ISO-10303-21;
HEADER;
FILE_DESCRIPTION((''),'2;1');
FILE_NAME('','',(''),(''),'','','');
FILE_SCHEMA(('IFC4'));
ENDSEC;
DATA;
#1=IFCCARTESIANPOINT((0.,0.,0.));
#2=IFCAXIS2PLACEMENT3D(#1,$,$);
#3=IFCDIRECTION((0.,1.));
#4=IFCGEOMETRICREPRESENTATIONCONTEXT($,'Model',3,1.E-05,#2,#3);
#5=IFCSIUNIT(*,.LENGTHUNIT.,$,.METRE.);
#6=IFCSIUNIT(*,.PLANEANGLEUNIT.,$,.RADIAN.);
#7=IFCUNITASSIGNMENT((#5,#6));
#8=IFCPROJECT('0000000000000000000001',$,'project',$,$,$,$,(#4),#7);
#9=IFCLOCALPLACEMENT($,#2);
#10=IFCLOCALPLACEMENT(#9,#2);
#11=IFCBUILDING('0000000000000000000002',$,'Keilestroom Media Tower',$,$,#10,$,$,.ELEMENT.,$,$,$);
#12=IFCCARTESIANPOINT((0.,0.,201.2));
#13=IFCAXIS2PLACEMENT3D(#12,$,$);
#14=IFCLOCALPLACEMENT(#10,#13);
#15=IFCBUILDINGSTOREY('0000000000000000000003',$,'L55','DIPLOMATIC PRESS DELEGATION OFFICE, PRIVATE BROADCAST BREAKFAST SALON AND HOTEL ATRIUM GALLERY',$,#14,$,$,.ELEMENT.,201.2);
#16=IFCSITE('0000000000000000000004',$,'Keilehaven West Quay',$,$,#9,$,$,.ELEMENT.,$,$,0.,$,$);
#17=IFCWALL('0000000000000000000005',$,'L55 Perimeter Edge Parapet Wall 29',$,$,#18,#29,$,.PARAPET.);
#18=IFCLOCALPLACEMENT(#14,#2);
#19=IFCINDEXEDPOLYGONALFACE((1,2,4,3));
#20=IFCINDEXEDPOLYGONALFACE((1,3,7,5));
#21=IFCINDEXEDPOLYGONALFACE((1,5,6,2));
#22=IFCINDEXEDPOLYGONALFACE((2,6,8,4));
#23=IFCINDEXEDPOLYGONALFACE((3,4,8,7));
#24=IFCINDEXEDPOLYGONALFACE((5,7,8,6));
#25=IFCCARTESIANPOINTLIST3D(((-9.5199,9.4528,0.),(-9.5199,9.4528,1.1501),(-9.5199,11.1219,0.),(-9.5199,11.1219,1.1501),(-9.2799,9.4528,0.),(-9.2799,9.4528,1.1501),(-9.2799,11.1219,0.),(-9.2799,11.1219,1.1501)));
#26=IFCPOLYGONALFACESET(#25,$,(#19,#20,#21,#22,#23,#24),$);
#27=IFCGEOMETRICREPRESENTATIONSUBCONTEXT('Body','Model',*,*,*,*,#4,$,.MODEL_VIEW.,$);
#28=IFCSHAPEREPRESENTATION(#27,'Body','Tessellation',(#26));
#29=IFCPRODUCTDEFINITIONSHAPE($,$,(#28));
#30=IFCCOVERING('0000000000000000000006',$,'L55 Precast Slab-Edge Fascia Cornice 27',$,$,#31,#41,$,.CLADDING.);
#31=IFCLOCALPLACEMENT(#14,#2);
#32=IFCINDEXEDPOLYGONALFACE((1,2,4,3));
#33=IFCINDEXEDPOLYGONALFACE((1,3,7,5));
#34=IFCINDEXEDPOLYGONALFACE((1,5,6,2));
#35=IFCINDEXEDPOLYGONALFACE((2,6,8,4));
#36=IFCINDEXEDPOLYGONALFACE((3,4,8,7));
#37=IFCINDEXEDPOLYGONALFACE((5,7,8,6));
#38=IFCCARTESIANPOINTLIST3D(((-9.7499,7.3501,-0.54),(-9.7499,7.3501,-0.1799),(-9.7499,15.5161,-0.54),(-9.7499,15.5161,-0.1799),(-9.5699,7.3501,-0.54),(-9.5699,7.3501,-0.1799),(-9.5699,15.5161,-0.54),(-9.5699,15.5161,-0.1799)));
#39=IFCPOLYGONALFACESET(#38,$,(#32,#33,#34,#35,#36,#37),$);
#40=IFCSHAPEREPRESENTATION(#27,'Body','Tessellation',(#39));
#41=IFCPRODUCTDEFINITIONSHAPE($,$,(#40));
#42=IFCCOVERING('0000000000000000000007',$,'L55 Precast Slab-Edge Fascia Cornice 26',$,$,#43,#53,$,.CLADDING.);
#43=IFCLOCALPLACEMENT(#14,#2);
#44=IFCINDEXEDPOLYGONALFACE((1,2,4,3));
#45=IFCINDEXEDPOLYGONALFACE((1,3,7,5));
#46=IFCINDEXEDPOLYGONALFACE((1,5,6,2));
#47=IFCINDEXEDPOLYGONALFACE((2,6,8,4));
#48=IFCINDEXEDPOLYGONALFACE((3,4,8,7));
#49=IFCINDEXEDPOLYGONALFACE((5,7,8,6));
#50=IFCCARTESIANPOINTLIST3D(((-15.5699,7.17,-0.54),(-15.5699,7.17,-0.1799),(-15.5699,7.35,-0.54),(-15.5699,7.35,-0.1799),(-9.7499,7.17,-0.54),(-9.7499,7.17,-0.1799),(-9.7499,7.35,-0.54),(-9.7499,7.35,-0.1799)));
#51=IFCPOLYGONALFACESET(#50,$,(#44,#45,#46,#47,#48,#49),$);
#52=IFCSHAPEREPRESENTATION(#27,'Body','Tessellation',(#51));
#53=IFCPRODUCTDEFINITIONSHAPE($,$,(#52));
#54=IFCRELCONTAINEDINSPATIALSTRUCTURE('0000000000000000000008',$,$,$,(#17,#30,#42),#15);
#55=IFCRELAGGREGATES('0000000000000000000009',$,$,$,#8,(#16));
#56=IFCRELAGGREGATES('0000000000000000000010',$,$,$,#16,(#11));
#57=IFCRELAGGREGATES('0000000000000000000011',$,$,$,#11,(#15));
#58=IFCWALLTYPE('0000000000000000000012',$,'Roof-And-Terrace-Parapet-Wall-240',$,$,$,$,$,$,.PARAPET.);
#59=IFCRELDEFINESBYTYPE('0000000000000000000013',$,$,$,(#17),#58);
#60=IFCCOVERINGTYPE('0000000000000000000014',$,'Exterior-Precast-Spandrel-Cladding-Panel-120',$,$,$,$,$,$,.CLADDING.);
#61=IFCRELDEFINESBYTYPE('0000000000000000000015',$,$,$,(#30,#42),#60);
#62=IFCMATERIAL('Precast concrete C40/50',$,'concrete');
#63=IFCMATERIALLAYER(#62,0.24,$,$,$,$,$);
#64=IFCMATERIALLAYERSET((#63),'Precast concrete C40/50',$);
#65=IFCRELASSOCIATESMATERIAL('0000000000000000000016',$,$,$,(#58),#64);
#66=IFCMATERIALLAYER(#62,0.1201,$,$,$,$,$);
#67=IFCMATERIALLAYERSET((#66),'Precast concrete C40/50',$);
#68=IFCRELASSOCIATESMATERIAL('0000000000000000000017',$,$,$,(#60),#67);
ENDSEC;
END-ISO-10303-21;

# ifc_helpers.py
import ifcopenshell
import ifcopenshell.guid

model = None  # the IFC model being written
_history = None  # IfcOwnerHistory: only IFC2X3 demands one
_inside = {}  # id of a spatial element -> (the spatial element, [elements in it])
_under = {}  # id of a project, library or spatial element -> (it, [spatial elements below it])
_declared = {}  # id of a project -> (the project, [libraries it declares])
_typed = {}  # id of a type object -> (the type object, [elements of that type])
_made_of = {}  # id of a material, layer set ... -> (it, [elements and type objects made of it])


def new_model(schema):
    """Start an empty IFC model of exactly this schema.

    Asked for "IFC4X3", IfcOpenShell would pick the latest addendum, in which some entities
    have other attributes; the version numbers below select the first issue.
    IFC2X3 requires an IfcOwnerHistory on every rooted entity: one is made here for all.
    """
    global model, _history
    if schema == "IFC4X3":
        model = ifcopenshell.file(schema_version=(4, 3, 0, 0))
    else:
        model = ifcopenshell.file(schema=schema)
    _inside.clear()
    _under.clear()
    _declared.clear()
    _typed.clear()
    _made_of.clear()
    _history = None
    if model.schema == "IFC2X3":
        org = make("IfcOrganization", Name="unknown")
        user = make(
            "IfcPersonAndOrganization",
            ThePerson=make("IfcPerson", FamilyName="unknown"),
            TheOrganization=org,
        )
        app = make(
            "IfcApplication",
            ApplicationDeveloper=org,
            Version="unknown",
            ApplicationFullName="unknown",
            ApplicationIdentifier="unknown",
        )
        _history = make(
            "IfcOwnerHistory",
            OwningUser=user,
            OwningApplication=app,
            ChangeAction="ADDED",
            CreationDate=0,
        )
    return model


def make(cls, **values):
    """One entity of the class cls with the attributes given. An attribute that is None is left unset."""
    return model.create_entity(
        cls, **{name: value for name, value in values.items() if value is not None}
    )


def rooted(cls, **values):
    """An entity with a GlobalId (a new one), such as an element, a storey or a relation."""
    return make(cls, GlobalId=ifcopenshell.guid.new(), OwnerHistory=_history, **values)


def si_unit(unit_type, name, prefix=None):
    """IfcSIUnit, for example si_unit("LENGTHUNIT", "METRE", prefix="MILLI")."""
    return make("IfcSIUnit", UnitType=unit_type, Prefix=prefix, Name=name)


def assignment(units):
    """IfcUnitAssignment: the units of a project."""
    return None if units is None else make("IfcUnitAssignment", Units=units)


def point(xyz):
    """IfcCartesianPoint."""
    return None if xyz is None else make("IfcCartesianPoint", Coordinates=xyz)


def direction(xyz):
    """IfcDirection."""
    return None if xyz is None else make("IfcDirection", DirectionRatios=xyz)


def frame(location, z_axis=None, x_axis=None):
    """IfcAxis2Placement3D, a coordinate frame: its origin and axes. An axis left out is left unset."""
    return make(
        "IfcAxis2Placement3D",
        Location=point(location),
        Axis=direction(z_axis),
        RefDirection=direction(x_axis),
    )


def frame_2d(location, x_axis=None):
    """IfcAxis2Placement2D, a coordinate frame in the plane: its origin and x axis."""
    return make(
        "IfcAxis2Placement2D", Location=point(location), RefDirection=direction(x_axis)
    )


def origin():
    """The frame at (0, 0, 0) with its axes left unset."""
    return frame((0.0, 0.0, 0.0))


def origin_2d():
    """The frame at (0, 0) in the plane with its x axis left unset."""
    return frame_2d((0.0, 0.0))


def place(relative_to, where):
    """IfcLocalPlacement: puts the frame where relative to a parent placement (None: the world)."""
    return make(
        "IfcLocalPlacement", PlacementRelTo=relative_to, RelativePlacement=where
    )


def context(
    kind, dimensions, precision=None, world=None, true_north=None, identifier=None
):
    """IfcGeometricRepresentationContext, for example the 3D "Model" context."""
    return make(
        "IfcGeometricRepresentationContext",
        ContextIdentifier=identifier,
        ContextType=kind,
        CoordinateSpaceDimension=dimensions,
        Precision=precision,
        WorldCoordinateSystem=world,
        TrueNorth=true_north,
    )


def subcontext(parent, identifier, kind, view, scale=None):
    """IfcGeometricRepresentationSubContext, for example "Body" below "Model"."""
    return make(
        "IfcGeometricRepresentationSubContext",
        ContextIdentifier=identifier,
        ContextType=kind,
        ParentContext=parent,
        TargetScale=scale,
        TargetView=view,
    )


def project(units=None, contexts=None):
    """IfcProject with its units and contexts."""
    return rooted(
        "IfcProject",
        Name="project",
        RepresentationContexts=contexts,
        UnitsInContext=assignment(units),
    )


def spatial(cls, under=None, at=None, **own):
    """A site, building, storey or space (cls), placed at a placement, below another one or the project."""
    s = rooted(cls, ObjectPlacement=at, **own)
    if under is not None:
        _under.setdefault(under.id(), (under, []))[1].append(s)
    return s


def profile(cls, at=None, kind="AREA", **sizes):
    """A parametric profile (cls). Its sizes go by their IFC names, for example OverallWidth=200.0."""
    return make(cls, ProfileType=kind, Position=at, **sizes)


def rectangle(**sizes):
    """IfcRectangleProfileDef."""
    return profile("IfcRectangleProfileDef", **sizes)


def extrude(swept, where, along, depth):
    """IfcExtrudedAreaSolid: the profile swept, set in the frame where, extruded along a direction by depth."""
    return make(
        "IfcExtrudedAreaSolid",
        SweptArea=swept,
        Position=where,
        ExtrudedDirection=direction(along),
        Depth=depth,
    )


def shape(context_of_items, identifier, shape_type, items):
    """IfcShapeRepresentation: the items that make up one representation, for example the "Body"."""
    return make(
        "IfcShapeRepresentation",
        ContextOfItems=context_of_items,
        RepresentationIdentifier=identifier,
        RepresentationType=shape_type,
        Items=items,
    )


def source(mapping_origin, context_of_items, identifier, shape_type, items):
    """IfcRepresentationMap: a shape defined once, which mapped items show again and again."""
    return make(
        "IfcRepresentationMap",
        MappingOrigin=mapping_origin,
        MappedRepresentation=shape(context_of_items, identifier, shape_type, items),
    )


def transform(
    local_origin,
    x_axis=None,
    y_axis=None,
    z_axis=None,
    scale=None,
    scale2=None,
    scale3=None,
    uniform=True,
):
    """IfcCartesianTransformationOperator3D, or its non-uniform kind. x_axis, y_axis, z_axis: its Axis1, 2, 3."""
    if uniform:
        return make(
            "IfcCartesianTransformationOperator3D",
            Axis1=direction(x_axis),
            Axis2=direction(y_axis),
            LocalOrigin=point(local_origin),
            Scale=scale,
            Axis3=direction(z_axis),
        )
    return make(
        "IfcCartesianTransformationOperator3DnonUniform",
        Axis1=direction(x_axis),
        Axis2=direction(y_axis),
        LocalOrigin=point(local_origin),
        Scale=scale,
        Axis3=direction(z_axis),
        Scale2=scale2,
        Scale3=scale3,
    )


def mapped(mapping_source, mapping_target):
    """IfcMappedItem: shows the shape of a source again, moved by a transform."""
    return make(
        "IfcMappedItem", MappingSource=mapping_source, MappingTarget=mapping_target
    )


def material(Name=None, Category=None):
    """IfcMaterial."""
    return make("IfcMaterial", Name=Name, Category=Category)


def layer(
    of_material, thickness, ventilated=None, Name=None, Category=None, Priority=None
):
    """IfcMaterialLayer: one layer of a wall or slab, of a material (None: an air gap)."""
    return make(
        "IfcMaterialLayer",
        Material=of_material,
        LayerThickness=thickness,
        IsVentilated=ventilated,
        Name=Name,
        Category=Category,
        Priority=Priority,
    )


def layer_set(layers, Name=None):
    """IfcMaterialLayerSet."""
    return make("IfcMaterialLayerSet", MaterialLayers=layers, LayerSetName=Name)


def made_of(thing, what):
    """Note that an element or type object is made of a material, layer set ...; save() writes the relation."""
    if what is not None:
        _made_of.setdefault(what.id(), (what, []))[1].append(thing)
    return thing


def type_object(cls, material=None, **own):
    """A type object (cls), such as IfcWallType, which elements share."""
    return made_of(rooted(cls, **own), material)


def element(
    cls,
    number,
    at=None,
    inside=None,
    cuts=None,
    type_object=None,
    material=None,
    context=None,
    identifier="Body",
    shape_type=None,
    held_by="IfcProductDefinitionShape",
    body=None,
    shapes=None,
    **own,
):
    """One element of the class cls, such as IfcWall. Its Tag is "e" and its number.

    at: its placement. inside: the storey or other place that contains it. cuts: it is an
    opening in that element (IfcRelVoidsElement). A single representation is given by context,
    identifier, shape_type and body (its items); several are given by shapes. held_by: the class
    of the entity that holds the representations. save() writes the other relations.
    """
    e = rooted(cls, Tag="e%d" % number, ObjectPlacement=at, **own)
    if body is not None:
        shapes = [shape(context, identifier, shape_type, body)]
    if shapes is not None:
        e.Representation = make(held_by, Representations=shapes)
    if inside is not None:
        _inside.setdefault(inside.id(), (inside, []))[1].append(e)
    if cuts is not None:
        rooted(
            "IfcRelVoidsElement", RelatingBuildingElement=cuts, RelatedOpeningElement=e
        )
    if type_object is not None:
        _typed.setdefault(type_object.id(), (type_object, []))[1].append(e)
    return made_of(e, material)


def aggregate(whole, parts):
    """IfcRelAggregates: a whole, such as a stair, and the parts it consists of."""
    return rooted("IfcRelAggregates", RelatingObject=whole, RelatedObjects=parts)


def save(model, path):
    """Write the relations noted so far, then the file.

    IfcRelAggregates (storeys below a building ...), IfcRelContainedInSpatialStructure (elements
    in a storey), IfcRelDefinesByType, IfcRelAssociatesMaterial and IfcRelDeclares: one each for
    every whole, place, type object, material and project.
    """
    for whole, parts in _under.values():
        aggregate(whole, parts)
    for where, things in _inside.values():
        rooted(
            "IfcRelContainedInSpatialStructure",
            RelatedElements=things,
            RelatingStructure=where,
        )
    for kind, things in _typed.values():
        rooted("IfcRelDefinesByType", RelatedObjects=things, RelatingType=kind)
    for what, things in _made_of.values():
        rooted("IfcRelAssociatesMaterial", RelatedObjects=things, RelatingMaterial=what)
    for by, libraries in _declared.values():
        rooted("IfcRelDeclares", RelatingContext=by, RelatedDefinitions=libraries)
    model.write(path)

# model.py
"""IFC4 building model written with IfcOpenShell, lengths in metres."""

from ifc_helpers import new_model, si_unit, direction, frame, frame_2d, origin, origin_2d, place, context, subcontext, project, spatial, rectangle, extrude, source, transform, mapped, material, layer, layer_set, type_object, element, save


model = new_model("IFC4")

# Units and contexts
model_context = context("Model", 3, precision=1e-05, world=origin(), true_north=direction((0.0, 1.0)))
body_context = subcontext(model_context, "Body", "Model", "MODEL_VIEW")
ifc_project = project(units=[si_unit("LENGTHUNIT", "METRE"), si_unit("PLANEANGLEUNIT", "RADIAN")], contexts=[model_context])

# Site, building, storey
site_placement = place(None, origin())
site = spatial("IfcSite", under=ifc_project, at=site_placement, Name="Keilehaven West Quay", CompositionType="ELEMENT", RefElevation=0.0)
building_placement = place(site_placement, origin())
building = spatial("IfcBuilding", under=site, at=building_placement, Name="Keilestroom Media Tower", CompositionType="ELEMENT")
storey_placement = place(building_placement, frame((0.0, 0.0, 201.2)))
storey = spatial("IfcBuildingStorey", under=building, at=storey_placement, Name="L55", Description="DIPLOMATIC PRESS DELEGATION OFFICE, PRIVATE BROADCAST BREAKFAST SALON AND HOTEL ATRIUM GALLERY", CompositionType="ELEMENT", Elevation=201.2)

# Shared definitions
ifc_material_1 = material(Name="Precast concrete C40/50", Category="concrete")

# Wall
ifc_layer_1 = layer(ifc_material_1, 0.24)
ifc_layer_set_1 = layer_set([ifc_layer_1], Name="Precast concrete C40/50")
wall_type_1 = type_object("IfcWallType", Name="Roof-And-Terrace-Parapet-Wall-240", PredefinedType="PARAPET", material=ifc_layer_set_1)
wall_1_placement = place(storey_placement, frame((-9.3999, 9.4529, 0.0), z_axis=(0.0, 0.0, 1.0), x_axis=(0.0, 1.0, 0.0)))
element("IfcWall", 1, at=wall_1_placement, inside=storey, type_object=wall_type_1, Name="L55 Perimeter Edge Parapet Wall 29", PredefinedType="PARAPET", context=body_context, shape_type="SweptSolid", body=[
    extrude(rectangle(XDim=1.6692, YDim=0.24, at=frame_2d((0.8345, 0.0))), origin(), (0.0, 0.0, 1.0), 1.1501),
])

# Coverings
ifc_layer_2 = layer(ifc_material_1, 0.1201)
ifc_layer_set_2 = layer_set([ifc_layer_2], Name="Precast concrete C40/50")
covering_type = type_object("IfcCoveringType", Name="Exterior-Precast-Spandrel-Cladding-Panel-120", PredefinedType="CLADDING", material=ifc_layer_set_2)
shared_shape_1 = source(origin(), body_context, "Body", "SweptSolid", [
    extrude(rectangle(XDim=8.166, YDim=0.1799, at=origin_2d()), origin(), (0.0, 0.0, 1.0), 0.3601),
])
covering_1_placement = place(storey_placement, frame((-9.6599, 11.4331, -0.54), z_axis=(0.0, 0.0, 1.0), x_axis=(0.0, 1.0, 0.0)))
element("IfcCovering", 2, at=covering_1_placement, inside=storey, type_object=covering_type, Name="L55 Precast Slab-Edge Fascia Cornice 27", PredefinedType="CLADDING", context=body_context, shape_type="MappedRepresentation", body=[
    mapped(shared_shape_1, transform((0.0, 0.0, 0.0), x_axis=(1.0, 0.0, 0.0), y_axis=(0.0, 1.0, 0.0), z_axis=(0.0, 0.0, 1.0), scale=1.0)),
])
shared_shape_2 = source(origin(), body_context, "Body", "SweptSolid", [
    extrude(rectangle(XDim=5.8201, YDim=0.1799, at=origin_2d()), origin(), (0.0, 0.0, 1.0), 0.3601),
])
covering_2_placement = place(storey_placement, frame((-12.6599, 7.26, -0.54), z_axis=(0.0, 0.0, 1.0), x_axis=(1.0, 0.0, 0.0)))
element("IfcCovering", 3, at=covering_2_placement, inside=storey, type_object=covering_type, Name="L55 Precast Slab-Edge Fascia Cornice 26", PredefinedType="CLADDING", context=body_context, shape_type="MappedRepresentation", body=[
    mapped(shared_shape_2, transform((0.0, 0.0, 0.0), x_axis=(1.0, 0.0, 0.0), y_axis=(0.0, 1.0, 0.0), z_axis=(0.0, 0.0, 1.0), scale=1.0)),
])

save(model, "model.ifc")
